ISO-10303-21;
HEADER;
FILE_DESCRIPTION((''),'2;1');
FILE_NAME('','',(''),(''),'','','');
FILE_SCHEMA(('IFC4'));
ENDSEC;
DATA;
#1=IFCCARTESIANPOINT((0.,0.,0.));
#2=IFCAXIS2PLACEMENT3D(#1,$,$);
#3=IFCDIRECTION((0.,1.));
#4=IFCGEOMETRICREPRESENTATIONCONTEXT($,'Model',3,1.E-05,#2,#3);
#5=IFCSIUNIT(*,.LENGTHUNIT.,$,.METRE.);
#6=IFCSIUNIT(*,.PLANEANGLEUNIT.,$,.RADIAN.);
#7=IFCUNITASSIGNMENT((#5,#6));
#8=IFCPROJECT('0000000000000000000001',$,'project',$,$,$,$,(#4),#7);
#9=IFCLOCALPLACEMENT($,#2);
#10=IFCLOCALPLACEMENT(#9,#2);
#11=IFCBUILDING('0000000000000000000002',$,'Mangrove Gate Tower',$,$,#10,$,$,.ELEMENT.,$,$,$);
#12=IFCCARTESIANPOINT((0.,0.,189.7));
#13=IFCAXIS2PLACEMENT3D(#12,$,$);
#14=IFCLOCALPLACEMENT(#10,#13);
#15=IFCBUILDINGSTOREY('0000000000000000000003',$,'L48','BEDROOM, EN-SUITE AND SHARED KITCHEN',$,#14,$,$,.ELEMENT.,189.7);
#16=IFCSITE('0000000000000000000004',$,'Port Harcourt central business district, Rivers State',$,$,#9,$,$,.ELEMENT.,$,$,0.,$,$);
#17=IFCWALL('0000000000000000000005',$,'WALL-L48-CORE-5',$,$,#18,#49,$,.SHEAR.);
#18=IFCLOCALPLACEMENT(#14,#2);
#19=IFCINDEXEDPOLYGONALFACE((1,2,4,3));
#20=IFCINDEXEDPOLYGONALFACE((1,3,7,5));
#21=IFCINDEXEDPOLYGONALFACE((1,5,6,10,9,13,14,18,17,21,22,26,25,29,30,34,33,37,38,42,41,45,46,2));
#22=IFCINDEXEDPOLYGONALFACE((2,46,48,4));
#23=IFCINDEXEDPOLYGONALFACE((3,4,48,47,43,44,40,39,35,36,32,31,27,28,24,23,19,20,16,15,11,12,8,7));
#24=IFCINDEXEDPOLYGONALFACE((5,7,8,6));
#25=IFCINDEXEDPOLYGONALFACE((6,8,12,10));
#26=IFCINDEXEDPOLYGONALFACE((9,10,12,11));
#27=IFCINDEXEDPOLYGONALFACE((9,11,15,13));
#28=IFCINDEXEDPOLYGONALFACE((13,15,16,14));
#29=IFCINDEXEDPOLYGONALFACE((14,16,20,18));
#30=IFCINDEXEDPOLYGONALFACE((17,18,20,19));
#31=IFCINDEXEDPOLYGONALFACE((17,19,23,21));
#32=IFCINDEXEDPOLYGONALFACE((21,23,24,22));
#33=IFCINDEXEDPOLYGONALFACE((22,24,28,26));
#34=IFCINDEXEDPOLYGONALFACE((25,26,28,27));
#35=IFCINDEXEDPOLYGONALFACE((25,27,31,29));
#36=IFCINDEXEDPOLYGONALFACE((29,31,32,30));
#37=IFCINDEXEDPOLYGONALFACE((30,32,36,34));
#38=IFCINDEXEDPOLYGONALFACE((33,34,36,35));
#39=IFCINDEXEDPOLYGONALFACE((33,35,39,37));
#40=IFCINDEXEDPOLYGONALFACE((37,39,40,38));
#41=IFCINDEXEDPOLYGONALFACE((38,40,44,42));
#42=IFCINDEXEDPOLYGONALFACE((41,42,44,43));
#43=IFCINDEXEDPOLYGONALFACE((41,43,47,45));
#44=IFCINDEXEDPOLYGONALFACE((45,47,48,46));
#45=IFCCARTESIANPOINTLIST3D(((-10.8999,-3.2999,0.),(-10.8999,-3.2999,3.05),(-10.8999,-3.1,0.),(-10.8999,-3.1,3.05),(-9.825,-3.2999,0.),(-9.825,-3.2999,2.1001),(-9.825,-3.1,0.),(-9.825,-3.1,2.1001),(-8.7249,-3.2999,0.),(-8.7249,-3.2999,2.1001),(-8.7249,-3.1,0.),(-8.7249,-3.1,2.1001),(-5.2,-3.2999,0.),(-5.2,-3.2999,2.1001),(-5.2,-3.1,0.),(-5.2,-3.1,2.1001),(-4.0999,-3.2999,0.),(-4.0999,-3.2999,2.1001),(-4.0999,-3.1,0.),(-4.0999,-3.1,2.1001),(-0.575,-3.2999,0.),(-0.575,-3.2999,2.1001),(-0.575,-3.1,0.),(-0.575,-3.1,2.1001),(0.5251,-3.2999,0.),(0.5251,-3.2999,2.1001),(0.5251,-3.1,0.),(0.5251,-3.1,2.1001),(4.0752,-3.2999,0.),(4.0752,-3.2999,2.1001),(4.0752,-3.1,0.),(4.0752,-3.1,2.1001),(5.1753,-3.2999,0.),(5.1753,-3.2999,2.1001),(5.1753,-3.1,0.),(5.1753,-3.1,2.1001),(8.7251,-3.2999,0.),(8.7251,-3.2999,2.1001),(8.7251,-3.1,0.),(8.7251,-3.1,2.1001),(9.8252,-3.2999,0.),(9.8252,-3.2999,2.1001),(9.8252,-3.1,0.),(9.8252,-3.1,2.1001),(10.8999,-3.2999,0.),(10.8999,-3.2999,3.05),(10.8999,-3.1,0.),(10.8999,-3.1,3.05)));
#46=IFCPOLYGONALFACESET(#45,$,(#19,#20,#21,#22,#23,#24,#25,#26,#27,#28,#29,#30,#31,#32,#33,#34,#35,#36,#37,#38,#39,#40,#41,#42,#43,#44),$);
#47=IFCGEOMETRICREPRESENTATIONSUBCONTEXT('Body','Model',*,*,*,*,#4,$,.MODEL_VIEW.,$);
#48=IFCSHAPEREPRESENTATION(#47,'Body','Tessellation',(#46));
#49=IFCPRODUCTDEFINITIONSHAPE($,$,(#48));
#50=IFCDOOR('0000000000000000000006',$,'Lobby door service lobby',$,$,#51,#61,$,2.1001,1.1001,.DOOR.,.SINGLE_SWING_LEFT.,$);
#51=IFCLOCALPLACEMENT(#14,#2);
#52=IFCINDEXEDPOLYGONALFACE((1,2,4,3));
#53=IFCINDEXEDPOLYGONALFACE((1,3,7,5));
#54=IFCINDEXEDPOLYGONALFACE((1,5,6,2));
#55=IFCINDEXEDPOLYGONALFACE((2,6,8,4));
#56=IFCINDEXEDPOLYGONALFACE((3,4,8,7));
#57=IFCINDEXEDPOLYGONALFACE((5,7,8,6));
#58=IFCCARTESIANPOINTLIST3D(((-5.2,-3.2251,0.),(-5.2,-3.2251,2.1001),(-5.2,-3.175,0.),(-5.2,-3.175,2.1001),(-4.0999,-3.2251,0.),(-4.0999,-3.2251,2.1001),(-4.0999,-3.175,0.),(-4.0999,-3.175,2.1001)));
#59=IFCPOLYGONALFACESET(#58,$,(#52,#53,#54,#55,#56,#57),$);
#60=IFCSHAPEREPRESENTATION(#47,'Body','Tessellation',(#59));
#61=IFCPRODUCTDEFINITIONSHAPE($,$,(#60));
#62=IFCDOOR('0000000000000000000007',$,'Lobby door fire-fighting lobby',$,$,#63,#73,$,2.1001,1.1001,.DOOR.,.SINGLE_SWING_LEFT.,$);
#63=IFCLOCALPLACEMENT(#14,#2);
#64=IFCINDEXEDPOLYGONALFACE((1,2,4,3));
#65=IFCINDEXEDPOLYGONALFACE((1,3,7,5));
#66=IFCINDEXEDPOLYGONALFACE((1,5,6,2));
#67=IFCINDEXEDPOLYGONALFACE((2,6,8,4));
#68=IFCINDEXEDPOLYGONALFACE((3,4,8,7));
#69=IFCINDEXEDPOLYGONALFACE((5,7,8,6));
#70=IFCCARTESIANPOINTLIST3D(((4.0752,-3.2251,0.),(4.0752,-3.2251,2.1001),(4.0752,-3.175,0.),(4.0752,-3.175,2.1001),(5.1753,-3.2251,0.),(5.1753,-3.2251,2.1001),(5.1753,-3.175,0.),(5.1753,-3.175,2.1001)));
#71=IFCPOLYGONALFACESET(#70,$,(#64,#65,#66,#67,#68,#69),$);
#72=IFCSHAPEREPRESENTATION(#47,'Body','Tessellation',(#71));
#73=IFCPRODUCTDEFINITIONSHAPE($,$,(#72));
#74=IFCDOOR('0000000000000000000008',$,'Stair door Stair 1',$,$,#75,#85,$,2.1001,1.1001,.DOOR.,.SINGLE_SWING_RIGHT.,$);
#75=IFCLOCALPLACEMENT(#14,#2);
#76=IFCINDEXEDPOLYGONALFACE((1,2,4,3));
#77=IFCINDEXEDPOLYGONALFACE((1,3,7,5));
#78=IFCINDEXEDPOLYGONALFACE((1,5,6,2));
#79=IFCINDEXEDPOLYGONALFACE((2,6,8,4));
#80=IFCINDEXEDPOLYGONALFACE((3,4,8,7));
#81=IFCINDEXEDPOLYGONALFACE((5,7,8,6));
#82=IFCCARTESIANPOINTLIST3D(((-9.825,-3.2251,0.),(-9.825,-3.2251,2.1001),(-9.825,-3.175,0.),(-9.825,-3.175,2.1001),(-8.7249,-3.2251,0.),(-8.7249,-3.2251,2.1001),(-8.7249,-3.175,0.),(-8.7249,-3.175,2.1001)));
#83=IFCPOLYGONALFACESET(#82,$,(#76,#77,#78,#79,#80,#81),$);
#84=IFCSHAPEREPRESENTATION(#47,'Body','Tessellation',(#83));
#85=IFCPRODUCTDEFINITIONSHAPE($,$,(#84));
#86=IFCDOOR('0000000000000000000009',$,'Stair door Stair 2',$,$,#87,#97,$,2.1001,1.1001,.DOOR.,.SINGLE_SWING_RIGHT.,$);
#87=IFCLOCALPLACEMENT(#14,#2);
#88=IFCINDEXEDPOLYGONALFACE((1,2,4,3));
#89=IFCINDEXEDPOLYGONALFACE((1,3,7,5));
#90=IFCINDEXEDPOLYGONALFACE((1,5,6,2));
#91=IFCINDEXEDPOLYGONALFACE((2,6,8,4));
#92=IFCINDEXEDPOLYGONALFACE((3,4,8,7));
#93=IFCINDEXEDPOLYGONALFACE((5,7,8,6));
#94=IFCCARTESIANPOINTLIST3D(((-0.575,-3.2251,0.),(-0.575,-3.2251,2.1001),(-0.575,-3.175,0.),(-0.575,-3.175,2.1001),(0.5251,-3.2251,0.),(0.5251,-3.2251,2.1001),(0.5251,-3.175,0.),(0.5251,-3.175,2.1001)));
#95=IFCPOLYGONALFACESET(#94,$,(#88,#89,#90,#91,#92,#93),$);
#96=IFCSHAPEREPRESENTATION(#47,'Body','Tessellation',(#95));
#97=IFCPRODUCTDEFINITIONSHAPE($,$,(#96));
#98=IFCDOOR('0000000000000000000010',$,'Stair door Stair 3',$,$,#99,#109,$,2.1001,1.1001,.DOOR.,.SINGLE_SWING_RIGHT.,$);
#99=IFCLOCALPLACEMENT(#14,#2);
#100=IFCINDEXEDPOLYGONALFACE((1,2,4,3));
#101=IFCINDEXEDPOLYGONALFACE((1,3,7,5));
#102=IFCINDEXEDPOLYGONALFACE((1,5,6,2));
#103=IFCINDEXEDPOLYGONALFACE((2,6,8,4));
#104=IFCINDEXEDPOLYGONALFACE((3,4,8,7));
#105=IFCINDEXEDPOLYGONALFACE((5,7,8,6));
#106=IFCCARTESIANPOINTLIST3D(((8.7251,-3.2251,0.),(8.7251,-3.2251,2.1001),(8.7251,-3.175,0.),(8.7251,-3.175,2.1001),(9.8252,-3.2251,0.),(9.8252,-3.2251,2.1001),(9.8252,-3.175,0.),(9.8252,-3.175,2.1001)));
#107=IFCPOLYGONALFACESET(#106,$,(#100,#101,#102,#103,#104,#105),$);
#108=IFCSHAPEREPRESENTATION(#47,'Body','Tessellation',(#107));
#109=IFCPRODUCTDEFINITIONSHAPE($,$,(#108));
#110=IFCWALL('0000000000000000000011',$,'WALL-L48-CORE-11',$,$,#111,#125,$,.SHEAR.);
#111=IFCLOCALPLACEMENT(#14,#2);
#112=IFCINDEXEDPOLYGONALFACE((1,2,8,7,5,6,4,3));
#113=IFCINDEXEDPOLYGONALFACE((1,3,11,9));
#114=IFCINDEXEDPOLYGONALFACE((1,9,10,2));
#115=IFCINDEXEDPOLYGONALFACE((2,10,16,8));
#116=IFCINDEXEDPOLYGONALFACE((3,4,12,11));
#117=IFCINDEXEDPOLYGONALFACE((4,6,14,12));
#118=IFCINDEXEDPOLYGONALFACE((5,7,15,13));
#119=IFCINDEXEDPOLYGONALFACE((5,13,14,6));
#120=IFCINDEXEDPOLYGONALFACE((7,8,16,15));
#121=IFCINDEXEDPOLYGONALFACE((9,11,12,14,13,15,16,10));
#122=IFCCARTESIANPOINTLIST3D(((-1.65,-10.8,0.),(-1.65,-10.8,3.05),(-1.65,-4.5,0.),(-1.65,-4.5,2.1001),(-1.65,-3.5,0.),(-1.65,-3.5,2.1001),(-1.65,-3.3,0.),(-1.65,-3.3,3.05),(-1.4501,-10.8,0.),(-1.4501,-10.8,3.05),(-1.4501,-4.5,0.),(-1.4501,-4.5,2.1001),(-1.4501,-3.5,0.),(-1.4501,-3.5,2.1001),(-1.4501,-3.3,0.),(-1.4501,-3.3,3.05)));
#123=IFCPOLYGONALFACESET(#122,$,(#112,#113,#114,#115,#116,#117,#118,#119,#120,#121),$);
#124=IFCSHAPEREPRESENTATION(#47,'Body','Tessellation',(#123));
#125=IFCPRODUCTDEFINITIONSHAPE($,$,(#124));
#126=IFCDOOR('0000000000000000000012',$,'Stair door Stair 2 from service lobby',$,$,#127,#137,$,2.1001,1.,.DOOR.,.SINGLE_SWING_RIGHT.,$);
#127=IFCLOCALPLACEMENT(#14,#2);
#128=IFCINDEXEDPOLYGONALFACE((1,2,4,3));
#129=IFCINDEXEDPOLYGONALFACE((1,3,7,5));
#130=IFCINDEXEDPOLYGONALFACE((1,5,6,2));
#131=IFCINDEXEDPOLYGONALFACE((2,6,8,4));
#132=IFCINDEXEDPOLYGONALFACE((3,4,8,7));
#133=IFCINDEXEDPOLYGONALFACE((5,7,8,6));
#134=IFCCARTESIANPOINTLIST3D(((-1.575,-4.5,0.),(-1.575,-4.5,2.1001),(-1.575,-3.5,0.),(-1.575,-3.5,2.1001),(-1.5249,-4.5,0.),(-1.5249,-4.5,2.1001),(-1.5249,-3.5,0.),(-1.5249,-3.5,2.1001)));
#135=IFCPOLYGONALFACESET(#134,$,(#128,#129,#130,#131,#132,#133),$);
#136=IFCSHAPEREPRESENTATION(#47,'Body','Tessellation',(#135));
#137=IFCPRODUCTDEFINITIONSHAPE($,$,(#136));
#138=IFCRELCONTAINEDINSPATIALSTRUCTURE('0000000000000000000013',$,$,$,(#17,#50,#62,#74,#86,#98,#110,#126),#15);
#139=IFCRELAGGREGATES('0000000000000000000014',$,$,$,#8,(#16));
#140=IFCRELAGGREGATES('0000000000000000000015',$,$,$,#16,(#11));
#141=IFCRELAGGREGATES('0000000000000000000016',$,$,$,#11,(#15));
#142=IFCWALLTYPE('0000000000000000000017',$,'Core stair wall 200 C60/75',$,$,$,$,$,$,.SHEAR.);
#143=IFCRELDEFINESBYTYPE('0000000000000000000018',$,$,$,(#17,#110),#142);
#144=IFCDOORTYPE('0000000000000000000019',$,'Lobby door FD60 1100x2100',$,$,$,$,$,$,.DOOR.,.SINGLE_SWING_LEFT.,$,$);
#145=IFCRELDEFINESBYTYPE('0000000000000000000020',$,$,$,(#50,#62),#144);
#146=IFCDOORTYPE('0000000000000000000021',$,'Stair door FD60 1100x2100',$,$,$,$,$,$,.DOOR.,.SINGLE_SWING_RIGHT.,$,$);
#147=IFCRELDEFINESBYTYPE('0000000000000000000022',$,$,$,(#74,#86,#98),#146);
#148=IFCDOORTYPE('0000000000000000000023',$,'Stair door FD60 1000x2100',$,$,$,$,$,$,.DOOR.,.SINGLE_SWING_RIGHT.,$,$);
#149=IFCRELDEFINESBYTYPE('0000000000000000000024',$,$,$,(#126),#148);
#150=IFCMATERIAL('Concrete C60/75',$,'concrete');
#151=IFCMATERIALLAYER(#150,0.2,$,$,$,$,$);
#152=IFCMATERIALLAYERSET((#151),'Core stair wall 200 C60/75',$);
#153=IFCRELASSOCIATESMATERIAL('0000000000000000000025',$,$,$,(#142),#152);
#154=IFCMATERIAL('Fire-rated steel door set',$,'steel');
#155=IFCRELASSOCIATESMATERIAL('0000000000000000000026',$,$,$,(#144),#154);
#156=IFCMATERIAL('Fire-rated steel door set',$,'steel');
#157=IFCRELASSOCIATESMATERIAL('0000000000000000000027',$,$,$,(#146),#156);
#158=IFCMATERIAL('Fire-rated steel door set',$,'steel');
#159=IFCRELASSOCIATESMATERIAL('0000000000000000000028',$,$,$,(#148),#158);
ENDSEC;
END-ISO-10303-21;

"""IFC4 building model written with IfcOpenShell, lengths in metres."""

from ifc_helpers import new_model, si_unit, direction, frame, frame_2d, origin, place, context, subcontext, project, spatial, rectangle, extrude, material, layer, layer_set, type_object, element, fill, save


model = new_model("IFC4")

# Units and contexts
model_context = context("Model", 3, precision=1e-05, world=origin(), true_north=direction((0.0, 1.0)))
body_context = subcontext(model_context, "Body", "Model", "MODEL_VIEW")
ifc_project = project(units=[si_unit("LENGTHUNIT", "METRE"), si_unit("PLANEANGLEUNIT", "RADIAN")], contexts=[model_context])

# Site, building, storey
site_placement = place(None, origin())
site = spatial("IfcSite", under=ifc_project, at=site_placement, Name="Port Harcourt central business district, Rivers State", CompositionType="ELEMENT", RefElevation=0.0)
building_placement = place(site_placement, origin())
building = spatial("IfcBuilding", under=site, at=building_placement, Name="Mangrove Gate Tower", CompositionType="ELEMENT")
storey_placement = place(building_placement, frame((0.0, 0.0, 189.7)))
storey = spatial("IfcBuildingStorey", under=building, at=storey_placement, Name="L48", Description="BEDROOM, EN-SUITE AND SHARED KITCHEN", CompositionType="ELEMENT", Elevation=189.7)

# Wall, openings, doors
ifc_material_1 = material(Name="Concrete C60/75", Category="concrete")
ifc_layer_1 = layer(ifc_material_1, 0.2)
ifc_layer_set_1 = layer_set([ifc_layer_1], Name="Core stair wall 200 C60/75")
wall_type_1 = type_object("IfcWallType", Name="Core stair wall 200 C60/75", PredefinedType="SHEAR", material=ifc_layer_set_1)
wall_1_placement = place(storey_placement, frame((-10.8999, -3.2, 0.0), z_axis=(0.0, 0.0, 1.0), x_axis=(1.0, 0.0, 0.0)))
wall_1 = element("IfcWall", 1, at=wall_1_placement, inside=storey, type_object=wall_type_1, Name="WALL-L48-CORE-5", PredefinedType="SHEAR", context=body_context, shape_type="SweptSolid", body=[
    extrude(rectangle(XDim=21.7998, YDim=0.2, at=frame_2d((10.8999, 0.0))), origin(), (0.0, 0.0, 1.0), 3.05),
])
opening_1_placement = place(wall_1_placement, frame((1.075, 0.0, 0.0)))
opening_1 = element("IfcOpeningElement", 2, at=opening_1_placement, cuts=wall_1, PredefinedType="OPENING", context=body_context, shape_type="SweptSolid", body=[
    extrude(rectangle(XDim=1.1001, YDim=2.1001, at=frame_2d((0.55, 1.05))), frame((0.0, 0.1099, 0.0), z_axis=(0.0, -1.0, 0.0), x_axis=(1.0, 0.0, 0.0)), (0.0, 0.0, 1.0), 0.22),
])
opening_2_placement = place(wall_1_placement, frame((10.325, 0.0, 0.0)))
opening_2 = element("IfcOpeningElement", 3, at=opening_2_placement, cuts=wall_1, PredefinedType="OPENING", context=body_context, shape_type="SweptSolid", body=[
    extrude(rectangle(XDim=1.1001, YDim=2.1001, at=frame_2d((0.55, 1.05))), frame((0.0, 0.1099, 0.0), z_axis=(0.0, -1.0, 0.0), x_axis=(1.0, 0.0, 0.0)), (0.0, 0.0, 1.0), 0.22),
])
opening_3_placement = place(wall_1_placement, frame((19.625, 0.0, 0.0)))
opening_3 = element("IfcOpeningElement", 4, at=opening_3_placement, cuts=wall_1, PredefinedType="OPENING", context=body_context, shape_type="SweptSolid", body=[
    extrude(rectangle(XDim=1.1001, YDim=2.1001, at=frame_2d((0.55, 1.05))), frame((0.0, 0.1099, 0.0), z_axis=(0.0, -1.0, 0.0), x_axis=(1.0, 0.0, 0.0)), (0.0, 0.0, 1.0), 0.22),
])
opening_4_placement = place(wall_1_placement, frame((5.7, 0.0, 0.0)))
opening_4 = element("IfcOpeningElement", 5, at=opening_4_placement, cuts=wall_1, PredefinedType="OPENING", context=body_context, shape_type="SweptSolid", body=[
    extrude(rectangle(XDim=1.1001, YDim=2.1001, at=frame_2d((0.55, 1.05))), frame((0.0, 0.1099, 0.0), z_axis=(0.0, -1.0, 0.0), x_axis=(1.0, 0.0, 0.0)), (0.0, 0.0, 1.0), 0.22),
])
opening_5_placement = place(wall_1_placement, frame((14.9751, 0.0, 0.0)))
opening_5 = element("IfcOpeningElement", 6, at=opening_5_placement, cuts=wall_1, PredefinedType="OPENING", context=body_context, shape_type="SweptSolid", body=[
    extrude(rectangle(XDim=1.1001, YDim=2.1001, at=frame_2d((0.55, 1.05))), frame((0.0, 0.1099, 0.0), z_axis=(0.0, -1.0, 0.0), x_axis=(1.0, 0.0, 0.0)), (0.0, 0.0, 1.0), 0.22),
])
ifc_material_2 = material(Name="Fire-rated steel door set", Category="steel")
door_type_1 = type_object("IfcDoorType", Name="Lobby door FD60 1100x2100", OperationType="SINGLE_SWING_LEFT", PredefinedType="DOOR", material=ifc_material_2)
door_1_placement = place(opening_4_placement, origin())
door_1 = element("IfcDoor", 7, at=door_1_placement, inside=storey, type_object=door_type_1, Name="Lobby door service lobby", OperationType="SINGLE_SWING_LEFT", OverallHeight=2.1001, OverallWidth=1.1001, PredefinedType="DOOR", context=body_context, shape_type="SweptSolid", body=[
    extrude(rectangle(XDim=1.1001, YDim=2.1001, at=frame_2d((0.55, 1.05))), frame((0.0, 0.0249, 0.0), z_axis=(0.0, -1.0, 0.0), x_axis=(1.0, 0.0, 0.0)), (0.0, 0.0, 1.0), 0.05),
])
fill(opening_4, door_1)
door_2_placement = place(opening_5_placement, origin())
door_2 = element("IfcDoor", 8, at=door_2_placement, inside=storey, type_object=door_type_1, Name="Lobby door fire-fighting lobby", OperationType="SINGLE_SWING_LEFT", OverallHeight=2.1001, OverallWidth=1.1001, PredefinedType="DOOR", context=body_context, shape_type="SweptSolid", body=[
    extrude(rectangle(XDim=1.1001, YDim=2.1001, at=frame_2d((0.55, 1.05))), frame((0.0, 0.0249, 0.0), z_axis=(0.0, -1.0, 0.0), x_axis=(1.0, 0.0, 0.0)), (0.0, 0.0, 1.0), 0.05),
])
fill(opening_5, door_2)
ifc_material_3 = material(Name="Fire-rated steel door set", Category="steel")
door_type_2 = type_object("IfcDoorType", Name="Stair door FD60 1100x2100", OperationType="SINGLE_SWING_RIGHT", PredefinedType="DOOR", material=ifc_material_3)
door_3_placement = place(opening_1_placement, origin())
door_3 = element("IfcDoor", 9, at=door_3_placement, inside=storey, type_object=door_type_2, Name="Stair door Stair 1", OperationType="SINGLE_SWING_RIGHT", OverallHeight=2.1001, OverallWidth=1.1001, PredefinedType="DOOR", context=body_context, shape_type="SweptSolid", body=[
    extrude(rectangle(XDim=1.1001, YDim=2.1001, at=frame_2d((0.55, 1.05))), frame((0.0, 0.0249, 0.0), z_axis=(0.0, -1.0, 0.0), x_axis=(1.0, 0.0, 0.0)), (0.0, 0.0, 1.0), 0.05),
])
fill(opening_1, door_3)
door_4_placement = place(opening_2_placement, origin())
door_4 = element("IfcDoor", 10, at=door_4_placement, inside=storey, type_object=door_type_2, Name="Stair door Stair 2", OperationType="SINGLE_SWING_RIGHT", OverallHeight=2.1001, OverallWidth=1.1001, PredefinedType="DOOR", context=body_context, shape_type="SweptSolid", body=[
    extrude(rectangle(XDim=1.1001, YDim=2.1001, at=frame_2d((0.55, 1.05))), frame((0.0, 0.0249, 0.0), z_axis=(0.0, -1.0, 0.0), x_axis=(1.0, 0.0, 0.0)), (0.0, 0.0, 1.0), 0.05),
])
fill(opening_2, door_4)
door_5_placement = place(opening_3_placement, origin())
door_5 = element("IfcDoor", 11, at=door_5_placement, inside=storey, type_object=door_type_2, Name="Stair door Stair 3", OperationType="SINGLE_SWING_RIGHT", OverallHeight=2.1001, OverallWidth=1.1001, PredefinedType="DOOR", context=body_context, shape_type="SweptSolid", body=[
    extrude(rectangle(XDim=1.1001, YDim=2.1001, at=frame_2d((0.55, 1.05))), frame((0.0, 0.0249, 0.0), z_axis=(0.0, -1.0, 0.0), x_axis=(1.0, 0.0, 0.0)), (0.0, 0.0, 1.0), 0.05),
])
fill(opening_3, door_5)

# Wall, opening, door
wall_2_placement = place(storey_placement, frame((-1.55, -10.8, 0.0), z_axis=(0.0, 0.0, 1.0), x_axis=(0.0, 1.0, 0.0)))
wall_2 = element("IfcWall", 12, at=wall_2_placement, inside=storey, type_object=wall_type_1, Name="WALL-L48-CORE-11", PredefinedType="SHEAR", context=body_context, shape_type="SweptSolid", body=[
    extrude(rectangle(XDim=7.5, YDim=0.2, at=frame_2d((3.75, 0.0))), origin(), (0.0, 0.0, 1.0), 3.05),
])
opening_6_placement = place(wall_2_placement, frame((6.3, 0.0, 0.0)))
opening_6 = element("IfcOpeningElement", 13, at=opening_6_placement, cuts=wall_2, PredefinedType="OPENING", context=body_context, shape_type="SweptSolid", body=[
    extrude(rectangle(XDim=1.0, YDim=2.1001, at=frame_2d((0.5, 1.05))), frame((0.0, 0.1099, 0.0), z_axis=(0.0, -1.0, 0.0), x_axis=(1.0, 0.0, 0.0)), (0.0, 0.0, 1.0), 0.22),
])
ifc_material_4 = material(Name="Fire-rated steel door set", Category="steel")
door_type_3 = type_object("IfcDoorType", Name="Stair door FD60 1000x2100", OperationType="SINGLE_SWING_RIGHT", PredefinedType="DOOR", material=ifc_material_4)
door_6_placement = place(opening_6_placement, origin())
door_6 = element("IfcDoor", 14, at=door_6_placement, inside=storey, type_object=door_type_3, Name="Stair door Stair 2 from service lobby", OperationType="SINGLE_SWING_RIGHT", OverallHeight=2.1001, OverallWidth=1.0, PredefinedType="DOOR", context=body_context, shape_type="SweptSolid", body=[
    extrude(rectangle(XDim=1.0, YDim=2.1001, at=frame_2d((0.5, 1.05))), frame((0.0, 0.0249, 0.0), z_axis=(0.0, -1.0, 0.0), x_axis=(1.0, 0.0, 0.0)), (0.0, 0.0, 1.0), 0.05),
])
fill(opening_6, door_6)

save(model, "model.ifc")
